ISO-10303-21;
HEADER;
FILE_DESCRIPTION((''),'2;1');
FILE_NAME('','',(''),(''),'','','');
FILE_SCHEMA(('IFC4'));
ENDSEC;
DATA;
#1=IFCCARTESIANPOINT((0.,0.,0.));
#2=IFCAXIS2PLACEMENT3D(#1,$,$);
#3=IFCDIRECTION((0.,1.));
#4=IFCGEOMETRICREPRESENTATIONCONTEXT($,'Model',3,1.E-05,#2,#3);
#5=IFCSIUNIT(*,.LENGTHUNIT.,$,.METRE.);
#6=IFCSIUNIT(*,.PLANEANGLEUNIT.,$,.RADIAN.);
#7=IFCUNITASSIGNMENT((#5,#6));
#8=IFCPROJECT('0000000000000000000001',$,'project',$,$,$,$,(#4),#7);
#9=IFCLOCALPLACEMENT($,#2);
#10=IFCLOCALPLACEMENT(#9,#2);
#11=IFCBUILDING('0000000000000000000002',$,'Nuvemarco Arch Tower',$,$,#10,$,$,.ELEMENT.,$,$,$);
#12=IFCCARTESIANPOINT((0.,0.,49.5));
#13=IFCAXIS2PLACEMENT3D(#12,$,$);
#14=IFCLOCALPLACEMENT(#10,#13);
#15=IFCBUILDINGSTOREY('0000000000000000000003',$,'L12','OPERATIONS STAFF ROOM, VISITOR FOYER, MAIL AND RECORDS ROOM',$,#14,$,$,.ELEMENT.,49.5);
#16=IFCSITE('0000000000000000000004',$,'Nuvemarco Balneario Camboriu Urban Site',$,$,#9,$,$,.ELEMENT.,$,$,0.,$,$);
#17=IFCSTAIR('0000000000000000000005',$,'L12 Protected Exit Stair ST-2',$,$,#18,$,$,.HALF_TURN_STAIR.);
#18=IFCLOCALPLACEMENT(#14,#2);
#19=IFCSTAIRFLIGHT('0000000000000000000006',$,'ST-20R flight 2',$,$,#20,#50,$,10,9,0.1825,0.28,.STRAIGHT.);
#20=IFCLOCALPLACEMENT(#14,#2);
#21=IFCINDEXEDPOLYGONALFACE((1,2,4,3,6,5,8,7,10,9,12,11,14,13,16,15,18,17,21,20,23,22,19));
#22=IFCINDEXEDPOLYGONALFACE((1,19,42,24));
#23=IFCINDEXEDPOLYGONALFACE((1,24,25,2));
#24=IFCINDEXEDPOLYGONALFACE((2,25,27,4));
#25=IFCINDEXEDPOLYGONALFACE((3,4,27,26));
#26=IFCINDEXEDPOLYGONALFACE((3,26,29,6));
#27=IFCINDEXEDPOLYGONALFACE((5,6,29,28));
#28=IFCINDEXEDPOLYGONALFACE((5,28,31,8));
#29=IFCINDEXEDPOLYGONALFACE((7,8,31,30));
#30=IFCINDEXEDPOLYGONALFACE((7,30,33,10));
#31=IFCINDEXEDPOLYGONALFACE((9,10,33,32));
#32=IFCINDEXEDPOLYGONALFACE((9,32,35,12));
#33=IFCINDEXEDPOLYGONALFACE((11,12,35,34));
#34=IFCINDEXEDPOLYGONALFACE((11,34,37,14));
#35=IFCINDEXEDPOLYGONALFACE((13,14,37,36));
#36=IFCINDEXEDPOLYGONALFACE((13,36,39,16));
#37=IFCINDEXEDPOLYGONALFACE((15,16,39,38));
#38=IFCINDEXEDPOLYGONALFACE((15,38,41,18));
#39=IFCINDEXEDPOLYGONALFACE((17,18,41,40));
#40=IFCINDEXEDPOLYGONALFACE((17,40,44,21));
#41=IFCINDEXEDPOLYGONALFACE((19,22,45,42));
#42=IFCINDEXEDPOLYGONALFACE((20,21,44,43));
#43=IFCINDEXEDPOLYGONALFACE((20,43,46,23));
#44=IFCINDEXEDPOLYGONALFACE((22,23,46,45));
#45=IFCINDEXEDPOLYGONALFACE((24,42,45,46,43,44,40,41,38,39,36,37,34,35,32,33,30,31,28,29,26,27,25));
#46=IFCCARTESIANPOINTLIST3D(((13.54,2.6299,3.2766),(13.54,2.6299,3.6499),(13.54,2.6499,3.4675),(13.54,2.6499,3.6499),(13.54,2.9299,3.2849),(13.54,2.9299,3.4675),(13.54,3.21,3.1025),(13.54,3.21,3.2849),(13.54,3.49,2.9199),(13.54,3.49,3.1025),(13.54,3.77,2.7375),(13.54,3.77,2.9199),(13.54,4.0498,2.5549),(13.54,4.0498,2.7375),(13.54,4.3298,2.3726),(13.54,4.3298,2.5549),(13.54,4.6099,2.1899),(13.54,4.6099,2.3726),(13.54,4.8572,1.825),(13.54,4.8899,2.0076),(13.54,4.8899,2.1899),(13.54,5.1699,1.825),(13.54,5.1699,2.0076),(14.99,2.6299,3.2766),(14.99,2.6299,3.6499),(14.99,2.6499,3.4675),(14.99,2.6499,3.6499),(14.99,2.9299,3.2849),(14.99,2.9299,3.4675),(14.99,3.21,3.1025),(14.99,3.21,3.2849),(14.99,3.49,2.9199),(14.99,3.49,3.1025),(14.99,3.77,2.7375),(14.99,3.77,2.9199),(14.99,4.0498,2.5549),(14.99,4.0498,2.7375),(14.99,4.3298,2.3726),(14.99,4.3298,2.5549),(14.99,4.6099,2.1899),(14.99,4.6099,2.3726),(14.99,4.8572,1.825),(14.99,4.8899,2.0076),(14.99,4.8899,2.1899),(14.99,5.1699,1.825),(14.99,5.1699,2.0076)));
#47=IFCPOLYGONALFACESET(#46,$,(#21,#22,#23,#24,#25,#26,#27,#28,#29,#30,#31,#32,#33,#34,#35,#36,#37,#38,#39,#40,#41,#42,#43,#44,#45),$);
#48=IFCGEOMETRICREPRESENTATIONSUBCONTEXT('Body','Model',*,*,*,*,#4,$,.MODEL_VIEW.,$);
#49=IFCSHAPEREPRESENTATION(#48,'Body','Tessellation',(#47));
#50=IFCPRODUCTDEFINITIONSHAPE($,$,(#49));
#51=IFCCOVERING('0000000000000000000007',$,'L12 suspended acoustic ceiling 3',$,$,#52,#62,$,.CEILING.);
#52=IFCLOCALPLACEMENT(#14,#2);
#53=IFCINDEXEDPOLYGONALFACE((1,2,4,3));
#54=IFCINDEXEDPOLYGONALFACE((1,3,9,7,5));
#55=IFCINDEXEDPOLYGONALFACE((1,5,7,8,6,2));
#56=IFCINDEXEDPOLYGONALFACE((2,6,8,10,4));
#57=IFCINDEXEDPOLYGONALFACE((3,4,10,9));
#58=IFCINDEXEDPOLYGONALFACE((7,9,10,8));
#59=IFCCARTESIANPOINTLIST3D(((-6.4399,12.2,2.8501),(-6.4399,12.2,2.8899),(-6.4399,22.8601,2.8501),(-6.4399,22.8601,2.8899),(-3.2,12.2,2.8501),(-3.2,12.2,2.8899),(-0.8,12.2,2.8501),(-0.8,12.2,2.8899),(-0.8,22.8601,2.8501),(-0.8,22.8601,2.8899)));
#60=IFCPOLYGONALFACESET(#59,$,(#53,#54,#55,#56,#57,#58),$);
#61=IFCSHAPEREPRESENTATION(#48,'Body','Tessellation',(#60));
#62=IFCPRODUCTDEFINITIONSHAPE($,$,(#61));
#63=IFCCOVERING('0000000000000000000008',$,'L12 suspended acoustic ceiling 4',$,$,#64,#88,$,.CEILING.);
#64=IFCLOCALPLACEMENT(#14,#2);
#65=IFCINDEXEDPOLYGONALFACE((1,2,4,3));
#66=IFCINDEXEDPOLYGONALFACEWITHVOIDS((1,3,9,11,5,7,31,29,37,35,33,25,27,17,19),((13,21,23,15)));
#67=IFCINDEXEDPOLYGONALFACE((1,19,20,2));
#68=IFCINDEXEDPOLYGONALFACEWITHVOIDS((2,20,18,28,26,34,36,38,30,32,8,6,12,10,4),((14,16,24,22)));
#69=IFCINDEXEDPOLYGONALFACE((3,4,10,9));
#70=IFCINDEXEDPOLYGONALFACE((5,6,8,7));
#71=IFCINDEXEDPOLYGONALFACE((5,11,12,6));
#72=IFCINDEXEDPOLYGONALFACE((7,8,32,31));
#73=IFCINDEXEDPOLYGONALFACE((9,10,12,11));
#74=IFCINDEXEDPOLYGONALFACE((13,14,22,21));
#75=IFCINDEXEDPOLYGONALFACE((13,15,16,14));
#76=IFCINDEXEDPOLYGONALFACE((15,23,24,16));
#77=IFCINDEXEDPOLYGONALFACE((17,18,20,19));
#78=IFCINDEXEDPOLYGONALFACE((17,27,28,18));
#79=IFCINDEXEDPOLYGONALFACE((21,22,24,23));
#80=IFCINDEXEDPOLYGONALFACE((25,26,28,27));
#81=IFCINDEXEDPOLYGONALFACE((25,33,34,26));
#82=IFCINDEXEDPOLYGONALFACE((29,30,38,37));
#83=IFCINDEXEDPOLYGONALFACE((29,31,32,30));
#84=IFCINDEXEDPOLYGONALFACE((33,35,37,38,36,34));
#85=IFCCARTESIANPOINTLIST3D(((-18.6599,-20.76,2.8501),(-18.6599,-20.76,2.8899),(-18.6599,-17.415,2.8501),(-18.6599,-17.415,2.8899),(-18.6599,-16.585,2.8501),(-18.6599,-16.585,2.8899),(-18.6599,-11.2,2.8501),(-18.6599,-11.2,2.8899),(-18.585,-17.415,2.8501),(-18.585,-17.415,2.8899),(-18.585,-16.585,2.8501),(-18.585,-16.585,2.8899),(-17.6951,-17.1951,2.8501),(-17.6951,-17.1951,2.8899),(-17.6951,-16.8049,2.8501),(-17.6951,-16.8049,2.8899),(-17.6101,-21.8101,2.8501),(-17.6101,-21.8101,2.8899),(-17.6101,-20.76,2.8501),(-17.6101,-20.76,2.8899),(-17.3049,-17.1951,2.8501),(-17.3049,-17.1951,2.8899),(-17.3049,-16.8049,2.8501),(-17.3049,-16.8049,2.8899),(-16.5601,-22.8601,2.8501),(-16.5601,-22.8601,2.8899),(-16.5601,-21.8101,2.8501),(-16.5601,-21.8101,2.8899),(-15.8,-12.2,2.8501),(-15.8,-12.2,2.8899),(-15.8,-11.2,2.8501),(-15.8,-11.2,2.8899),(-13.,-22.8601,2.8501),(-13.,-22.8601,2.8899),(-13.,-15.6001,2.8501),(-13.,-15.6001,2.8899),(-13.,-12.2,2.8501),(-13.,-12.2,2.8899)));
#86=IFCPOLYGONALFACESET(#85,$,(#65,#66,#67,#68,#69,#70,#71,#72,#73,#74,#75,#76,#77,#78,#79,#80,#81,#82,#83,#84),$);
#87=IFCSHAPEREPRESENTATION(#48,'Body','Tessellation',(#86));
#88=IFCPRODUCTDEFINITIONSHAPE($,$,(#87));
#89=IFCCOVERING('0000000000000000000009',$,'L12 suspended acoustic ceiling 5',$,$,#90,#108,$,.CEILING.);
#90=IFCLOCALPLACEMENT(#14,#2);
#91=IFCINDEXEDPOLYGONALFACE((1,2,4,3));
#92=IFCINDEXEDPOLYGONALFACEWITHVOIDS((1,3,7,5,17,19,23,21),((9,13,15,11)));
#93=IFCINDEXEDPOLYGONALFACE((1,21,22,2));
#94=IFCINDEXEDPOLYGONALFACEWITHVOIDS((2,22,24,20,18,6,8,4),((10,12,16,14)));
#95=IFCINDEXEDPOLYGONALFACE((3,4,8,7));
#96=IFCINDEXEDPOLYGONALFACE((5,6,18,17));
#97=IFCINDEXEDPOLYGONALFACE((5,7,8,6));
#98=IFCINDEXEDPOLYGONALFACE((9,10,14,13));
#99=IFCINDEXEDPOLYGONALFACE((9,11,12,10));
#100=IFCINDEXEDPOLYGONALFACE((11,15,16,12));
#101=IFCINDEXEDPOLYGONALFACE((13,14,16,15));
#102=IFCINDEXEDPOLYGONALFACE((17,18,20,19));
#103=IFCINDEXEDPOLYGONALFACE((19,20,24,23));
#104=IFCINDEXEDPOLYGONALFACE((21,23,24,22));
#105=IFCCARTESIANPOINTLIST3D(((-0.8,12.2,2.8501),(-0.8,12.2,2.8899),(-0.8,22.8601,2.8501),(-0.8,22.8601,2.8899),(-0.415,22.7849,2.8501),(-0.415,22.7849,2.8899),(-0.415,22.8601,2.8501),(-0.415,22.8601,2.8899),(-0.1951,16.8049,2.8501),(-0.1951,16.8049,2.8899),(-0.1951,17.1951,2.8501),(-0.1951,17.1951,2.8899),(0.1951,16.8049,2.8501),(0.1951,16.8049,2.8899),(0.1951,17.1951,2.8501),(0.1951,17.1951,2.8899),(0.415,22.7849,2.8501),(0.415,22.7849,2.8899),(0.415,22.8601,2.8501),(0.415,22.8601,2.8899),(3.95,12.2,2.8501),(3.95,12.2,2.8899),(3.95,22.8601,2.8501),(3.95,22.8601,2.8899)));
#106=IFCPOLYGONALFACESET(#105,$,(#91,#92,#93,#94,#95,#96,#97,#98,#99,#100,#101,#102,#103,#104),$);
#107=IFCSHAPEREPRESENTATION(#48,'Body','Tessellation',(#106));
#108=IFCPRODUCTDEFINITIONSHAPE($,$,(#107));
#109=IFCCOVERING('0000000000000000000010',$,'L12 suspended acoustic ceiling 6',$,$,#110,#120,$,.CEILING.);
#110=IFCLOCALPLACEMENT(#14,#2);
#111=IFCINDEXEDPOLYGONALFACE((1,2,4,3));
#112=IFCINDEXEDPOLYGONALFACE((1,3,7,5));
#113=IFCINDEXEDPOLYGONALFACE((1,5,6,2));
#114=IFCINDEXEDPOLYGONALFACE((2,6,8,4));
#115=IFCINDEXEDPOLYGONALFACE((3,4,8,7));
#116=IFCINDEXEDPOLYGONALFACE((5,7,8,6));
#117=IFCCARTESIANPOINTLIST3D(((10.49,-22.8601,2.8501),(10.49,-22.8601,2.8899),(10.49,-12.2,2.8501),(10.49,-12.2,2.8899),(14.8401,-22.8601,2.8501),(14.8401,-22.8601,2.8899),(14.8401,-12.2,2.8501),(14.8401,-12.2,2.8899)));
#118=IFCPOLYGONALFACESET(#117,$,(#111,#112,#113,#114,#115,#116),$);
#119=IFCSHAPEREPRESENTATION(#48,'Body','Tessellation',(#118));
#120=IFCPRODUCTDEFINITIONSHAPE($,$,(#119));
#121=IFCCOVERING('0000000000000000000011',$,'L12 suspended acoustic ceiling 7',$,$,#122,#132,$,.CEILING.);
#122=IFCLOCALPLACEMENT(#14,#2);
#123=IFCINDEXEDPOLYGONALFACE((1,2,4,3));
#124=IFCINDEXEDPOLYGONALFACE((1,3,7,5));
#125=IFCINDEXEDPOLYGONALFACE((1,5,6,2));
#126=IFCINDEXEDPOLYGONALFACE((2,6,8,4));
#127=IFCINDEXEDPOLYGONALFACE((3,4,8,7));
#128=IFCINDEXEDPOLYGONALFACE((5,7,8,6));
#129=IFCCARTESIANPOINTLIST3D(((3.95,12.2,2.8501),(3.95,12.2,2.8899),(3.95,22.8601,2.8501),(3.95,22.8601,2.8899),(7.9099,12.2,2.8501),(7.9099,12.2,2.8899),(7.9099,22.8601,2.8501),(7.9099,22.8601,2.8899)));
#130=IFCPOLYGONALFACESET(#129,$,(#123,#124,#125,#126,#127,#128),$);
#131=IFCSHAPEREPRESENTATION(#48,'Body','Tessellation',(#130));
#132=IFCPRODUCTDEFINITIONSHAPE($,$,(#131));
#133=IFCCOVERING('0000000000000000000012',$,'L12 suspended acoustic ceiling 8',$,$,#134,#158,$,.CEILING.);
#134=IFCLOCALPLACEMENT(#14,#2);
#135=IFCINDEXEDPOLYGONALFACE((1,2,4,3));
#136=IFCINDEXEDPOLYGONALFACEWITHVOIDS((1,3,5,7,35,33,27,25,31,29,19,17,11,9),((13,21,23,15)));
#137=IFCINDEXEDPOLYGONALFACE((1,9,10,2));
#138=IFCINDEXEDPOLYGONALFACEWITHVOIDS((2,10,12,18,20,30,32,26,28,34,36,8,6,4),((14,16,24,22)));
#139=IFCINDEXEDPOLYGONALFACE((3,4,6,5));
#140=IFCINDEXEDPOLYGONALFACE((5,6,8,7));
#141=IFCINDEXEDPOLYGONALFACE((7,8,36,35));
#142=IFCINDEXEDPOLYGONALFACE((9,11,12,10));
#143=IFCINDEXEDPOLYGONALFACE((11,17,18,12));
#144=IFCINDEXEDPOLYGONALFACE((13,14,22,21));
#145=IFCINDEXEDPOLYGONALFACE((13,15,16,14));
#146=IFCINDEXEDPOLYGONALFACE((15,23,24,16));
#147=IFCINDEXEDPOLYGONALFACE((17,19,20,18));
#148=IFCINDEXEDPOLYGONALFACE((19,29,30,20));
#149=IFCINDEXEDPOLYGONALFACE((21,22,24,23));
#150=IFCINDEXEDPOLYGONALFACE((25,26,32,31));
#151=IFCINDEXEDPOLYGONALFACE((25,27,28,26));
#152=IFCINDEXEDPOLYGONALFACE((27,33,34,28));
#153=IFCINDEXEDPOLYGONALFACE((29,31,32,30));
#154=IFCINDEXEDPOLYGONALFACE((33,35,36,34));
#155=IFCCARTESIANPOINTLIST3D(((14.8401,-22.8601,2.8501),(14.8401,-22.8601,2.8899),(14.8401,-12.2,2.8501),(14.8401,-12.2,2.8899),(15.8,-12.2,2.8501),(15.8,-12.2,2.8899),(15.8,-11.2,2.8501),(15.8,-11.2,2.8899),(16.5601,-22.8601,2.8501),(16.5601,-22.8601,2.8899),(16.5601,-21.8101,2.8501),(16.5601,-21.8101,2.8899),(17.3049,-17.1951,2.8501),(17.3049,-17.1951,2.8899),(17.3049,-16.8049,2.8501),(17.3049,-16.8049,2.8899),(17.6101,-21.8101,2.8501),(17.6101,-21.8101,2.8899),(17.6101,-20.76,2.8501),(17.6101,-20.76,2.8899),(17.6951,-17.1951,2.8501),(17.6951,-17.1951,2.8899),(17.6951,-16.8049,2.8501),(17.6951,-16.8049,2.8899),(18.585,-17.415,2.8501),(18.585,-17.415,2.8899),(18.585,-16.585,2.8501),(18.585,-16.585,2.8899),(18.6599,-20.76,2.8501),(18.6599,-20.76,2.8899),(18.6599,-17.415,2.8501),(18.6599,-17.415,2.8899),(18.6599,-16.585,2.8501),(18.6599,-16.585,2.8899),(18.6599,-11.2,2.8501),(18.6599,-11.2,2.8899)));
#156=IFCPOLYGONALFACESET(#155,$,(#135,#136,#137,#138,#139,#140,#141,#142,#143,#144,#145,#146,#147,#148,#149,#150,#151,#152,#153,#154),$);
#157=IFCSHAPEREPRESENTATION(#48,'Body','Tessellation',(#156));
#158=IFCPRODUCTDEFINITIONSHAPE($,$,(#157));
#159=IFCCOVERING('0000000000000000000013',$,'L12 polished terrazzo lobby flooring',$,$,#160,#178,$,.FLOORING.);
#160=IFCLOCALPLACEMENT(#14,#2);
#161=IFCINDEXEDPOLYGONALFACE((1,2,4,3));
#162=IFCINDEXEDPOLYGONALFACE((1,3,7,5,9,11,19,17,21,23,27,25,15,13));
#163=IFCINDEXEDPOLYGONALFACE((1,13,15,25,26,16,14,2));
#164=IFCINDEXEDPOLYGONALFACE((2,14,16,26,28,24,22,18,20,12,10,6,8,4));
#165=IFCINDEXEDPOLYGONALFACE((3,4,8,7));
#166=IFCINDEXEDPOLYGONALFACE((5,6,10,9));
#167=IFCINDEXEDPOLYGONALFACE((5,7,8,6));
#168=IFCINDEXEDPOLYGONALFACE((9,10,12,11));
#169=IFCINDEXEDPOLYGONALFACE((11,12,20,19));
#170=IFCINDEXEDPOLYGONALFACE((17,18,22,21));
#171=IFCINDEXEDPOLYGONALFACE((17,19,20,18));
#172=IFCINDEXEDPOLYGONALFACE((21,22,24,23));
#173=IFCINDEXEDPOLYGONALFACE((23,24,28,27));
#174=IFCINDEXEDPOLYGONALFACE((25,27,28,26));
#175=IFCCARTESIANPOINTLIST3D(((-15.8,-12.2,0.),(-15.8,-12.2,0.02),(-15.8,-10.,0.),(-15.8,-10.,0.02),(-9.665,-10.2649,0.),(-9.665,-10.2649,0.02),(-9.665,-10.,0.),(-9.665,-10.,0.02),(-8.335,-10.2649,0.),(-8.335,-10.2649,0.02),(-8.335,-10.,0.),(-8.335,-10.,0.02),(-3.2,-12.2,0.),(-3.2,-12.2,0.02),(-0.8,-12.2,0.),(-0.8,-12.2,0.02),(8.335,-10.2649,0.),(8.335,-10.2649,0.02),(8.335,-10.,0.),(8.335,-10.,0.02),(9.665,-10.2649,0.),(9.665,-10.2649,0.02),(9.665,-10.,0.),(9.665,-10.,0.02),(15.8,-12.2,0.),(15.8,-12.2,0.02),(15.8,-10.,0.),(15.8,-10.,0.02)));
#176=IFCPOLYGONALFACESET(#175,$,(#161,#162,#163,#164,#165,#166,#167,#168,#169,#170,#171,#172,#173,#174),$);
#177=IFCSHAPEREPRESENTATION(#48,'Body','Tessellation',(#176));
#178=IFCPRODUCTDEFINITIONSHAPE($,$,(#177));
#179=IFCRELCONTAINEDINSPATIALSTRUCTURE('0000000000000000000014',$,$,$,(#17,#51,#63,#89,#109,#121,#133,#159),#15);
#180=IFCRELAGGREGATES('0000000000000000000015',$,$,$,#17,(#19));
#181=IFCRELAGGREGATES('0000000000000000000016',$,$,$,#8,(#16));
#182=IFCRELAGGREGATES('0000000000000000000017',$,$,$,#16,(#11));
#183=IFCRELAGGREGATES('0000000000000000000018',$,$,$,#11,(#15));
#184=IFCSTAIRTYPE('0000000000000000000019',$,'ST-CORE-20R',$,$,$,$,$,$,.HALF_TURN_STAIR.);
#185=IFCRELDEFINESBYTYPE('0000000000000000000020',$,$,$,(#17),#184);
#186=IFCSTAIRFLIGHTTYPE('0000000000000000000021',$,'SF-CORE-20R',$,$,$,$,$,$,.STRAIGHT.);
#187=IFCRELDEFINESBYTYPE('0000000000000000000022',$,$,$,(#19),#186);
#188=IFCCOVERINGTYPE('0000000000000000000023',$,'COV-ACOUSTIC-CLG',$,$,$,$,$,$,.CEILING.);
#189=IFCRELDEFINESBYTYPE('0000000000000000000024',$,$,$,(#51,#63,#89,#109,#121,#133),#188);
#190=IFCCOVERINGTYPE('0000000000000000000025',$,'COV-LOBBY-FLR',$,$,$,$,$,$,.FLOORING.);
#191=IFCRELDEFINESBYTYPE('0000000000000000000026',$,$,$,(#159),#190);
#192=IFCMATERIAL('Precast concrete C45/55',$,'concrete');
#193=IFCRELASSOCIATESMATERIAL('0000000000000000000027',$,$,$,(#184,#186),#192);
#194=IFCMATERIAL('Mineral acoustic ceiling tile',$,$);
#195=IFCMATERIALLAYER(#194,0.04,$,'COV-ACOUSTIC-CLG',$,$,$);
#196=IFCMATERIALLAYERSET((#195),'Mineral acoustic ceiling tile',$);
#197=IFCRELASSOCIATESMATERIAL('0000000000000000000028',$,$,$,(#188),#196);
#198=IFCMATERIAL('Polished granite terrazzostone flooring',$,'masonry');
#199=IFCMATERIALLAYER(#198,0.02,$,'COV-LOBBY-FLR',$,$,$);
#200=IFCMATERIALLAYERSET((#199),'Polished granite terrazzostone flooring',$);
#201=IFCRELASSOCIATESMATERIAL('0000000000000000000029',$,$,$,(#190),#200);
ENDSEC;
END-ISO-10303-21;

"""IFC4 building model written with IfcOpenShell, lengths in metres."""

from ifc_helpers import new_model, si_unit, direction, frame, origin, place, context, subcontext, project, spatial, polyline, outline, extrude, material, layer, layer_set, type_object, element, aggregate, save


model = new_model("IFC4")

# Units and contexts
model_context = context("Model", 3, precision=1e-05, world=origin(), true_north=direction((0.0, 1.0)))
body_context = subcontext(model_context, "Body", "Model", "MODEL_VIEW")
ifc_project = project(units=[si_unit("LENGTHUNIT", "METRE"), si_unit("PLANEANGLEUNIT", "RADIAN")], contexts=[model_context])

# Site, building, storey
site_placement = place(None, origin())
site = spatial("IfcSite", under=ifc_project, at=site_placement, Name="Nuvemarco Balneario Camboriu Urban Site", CompositionType="ELEMENT", RefElevation=0.0)
building_placement = place(site_placement, origin())
building = spatial("IfcBuilding", under=site, at=building_placement, Name="Nuvemarco Arch Tower", CompositionType="ELEMENT")
storey_placement = place(building_placement, frame((0.0, 0.0, 49.5)))
storey = spatial("IfcBuildingStorey", under=building, at=storey_placement, Name="L12", Description="OPERATIONS STAFF ROOM, VISITOR FOYER, MAIL AND RECORDS ROOM", CompositionType="ELEMENT", Elevation=49.5)

# Shared definitions
ifc_material_1 = material(Name="Precast concrete C45/55", Category="concrete")

# Stair, stair flight
stair_type = type_object("IfcStairType", Name="ST-CORE-20R", PredefinedType="HALF_TURN_STAIR", material=ifc_material_1)
stair_placement = place(storey_placement, origin())
stair = element("IfcStair", 1, at=stair_placement, inside=storey, type_object=stair_type, Name="L12 Protected Exit Stair ST-2", PredefinedType="HALF_TURN_STAIR")
stair_flight_type = type_object("IfcStairFlightType", Name="SF-CORE-20R", PredefinedType="STRAIGHT", material=ifc_material_1)
stair_flight_1_placement = place(storey_placement, frame((14.2649, 5.1699, 1.825), z_axis=(0.0, 0.0, 1.0), x_axis=(0.0, -1.0, 0.0)))
stair_flight_1 = element("IfcStairFlight", 2, at=stair_flight_1_placement, type_object=stair_flight_type, Name="ST-20R flight 2", NumberOfRisers=10, NumberOfTreads=9, PredefinedType="STRAIGHT", RiserHeight=0.1825, TreadLength=0.28, context=body_context, shape_type="SweptSolid", body=[
    extrude(outline(polyline([(0.0, 0.0), (0.0, 0.1826), (0.28, 0.1826), (0.28, 0.365), (0.5601, 0.365), (0.5601, 0.5476), (0.8401, 0.5476), (0.8401, 0.73), (1.1201, 0.73), (1.1201, 0.9126), (1.3999, 0.9126), (1.3999, 1.095), (1.6799, 1.095), (1.6799, 1.2776), (1.96, 1.2776), (1.96, 1.46), (2.24, 1.46), (2.24, 1.6426), (2.52, 1.6426), (2.52, 1.825), (2.54, 1.825), (2.54, 1.4517), (0.3127, 0.0), (0.0, 0.0)])), frame((0.0, 0.7251, 0.0), z_axis=(0.0, -1.0, 0.0), x_axis=(1.0, 0.0, 0.0)), (0.0, 0.0, 1.0), 1.45),
])
aggregate(stair, [stair_flight_1])

# Coverings
ifc_material_2 = material(Name="Mineral acoustic ceiling tile")
ifc_layer_1 = layer(ifc_material_2, 0.04, Name="COV-ACOUSTIC-CLG")
ifc_layer_set_1 = layer_set([ifc_layer_1], Name="Mineral acoustic ceiling tile")
covering_type_1 = type_object("IfcCoveringType", Name="COV-ACOUSTIC-CLG", PredefinedType="CEILING", material=ifc_layer_set_1)
covering_1_placement = place(storey_placement, frame((0.0, 0.0, 2.8501)))
element("IfcCovering", 3, at=covering_1_placement, inside=storey, type_object=covering_type_1, Name="L12 suspended acoustic ceiling 3", PredefinedType="CEILING", context=body_context, shape_type="SweptSolid", body=[
    extrude(outline(polyline([(-0.8, 12.2), (-3.2, 12.2), (-6.4399, 12.2), (-6.4399, 22.8601), (-0.8, 22.8601), (-0.8, 12.2)])), origin(), (0.0, 0.0, 1.0), 0.0398),
])
covering_2_placement = place(storey_placement, frame((0.0, 0.0, 2.8501)))
element("IfcCovering", 4, at=covering_2_placement, inside=storey, type_object=covering_type_1, Name="L12 suspended acoustic ceiling 4", PredefinedType="CEILING", context=body_context, shape_type="SweptSolid", body=[
    extrude(outline(polyline([(-18.6599, -20.76), (-18.6599, -17.415), (-18.585, -17.415), (-18.585, -16.585), (-18.6599, -16.585), (-18.6599, -11.2), (-15.8, -11.2), (-15.8, -12.2), (-13.0, -12.2), (-13.0, -15.6001), (-13.0, -22.8601), (-16.5601, -22.8601), (-16.5601, -21.8101), (-17.6101, -21.8101), (-17.6101, -20.76), (-18.6599, -20.76)]), holes=[polyline([(-17.3049, -16.8049), (-17.6951, -16.8049), (-17.6951, -17.1951), (-17.3049, -17.1951), (-17.3049, -16.8049)])]), origin(), (0.0, 0.0, 1.0), 0.0398),
])
covering_3_placement = place(storey_placement, frame((0.0, 0.0, 2.8501)))
element("IfcCovering", 5, at=covering_3_placement, inside=storey, type_object=covering_type_1, Name="L12 suspended acoustic ceiling 5", PredefinedType="CEILING", context=body_context, shape_type="SweptSolid", body=[
    extrude(outline(polyline([(3.95, 12.2), (-0.8, 12.2), (-0.8, 22.8601), (-0.415, 22.8601), (-0.415, 22.7849), (0.415, 22.7849), (0.415, 22.8601), (3.95, 22.8601), (3.95, 12.2)]), holes=[polyline([(0.1951, 16.8049), (0.1951, 17.1951), (-0.1951, 17.1951), (-0.1951, 16.8049), (0.1951, 16.8049)])]), origin(), (0.0, 0.0, 1.0), 0.0398),
])
covering_4_placement = place(storey_placement, frame((0.0, 0.0, 2.8501)))
element("IfcCovering", 6, at=covering_4_placement, inside=storey, type_object=covering_type_1, Name="L12 suspended acoustic ceiling 6", PredefinedType="CEILING", context=body_context, shape_type="SweptSolid", body=[
    extrude(outline(polyline([(10.49, -22.8601), (10.49, -12.2), (14.8401, -12.2), (14.8401, -22.8601), (10.49, -22.8601)])), origin(), (0.0, 0.0, 1.0), 0.0398),
])
covering_5_placement = place(storey_placement, frame((0.0, 0.0, 2.8501)))
element("IfcCovering", 7, at=covering_5_placement, inside=storey, type_object=covering_type_1, Name="L12 suspended acoustic ceiling 7", PredefinedType="CEILING", context=body_context, shape_type="SweptSolid", body=[
    extrude(outline(polyline([(3.95, 12.2), (3.95, 22.8601), (7.9099, 22.8601), (7.9099, 12.2), (3.95, 12.2)])), origin(), (0.0, 0.0, 1.0), 0.0398),
])
covering_6_placement = place(storey_placement, frame((0.0, 0.0, 2.8501)))
element("IfcCovering", 8, at=covering_6_placement, inside=storey, type_object=covering_type_1, Name="L12 suspended acoustic ceiling 8", PredefinedType="CEILING", context=body_context, shape_type="SweptSolid", body=[
    extrude(outline(polyline([(16.5601, -22.8601), (14.8401, -22.8601), (14.8401, -12.2), (15.8, -12.2), (15.8, -11.2), (18.6599, -11.2), (18.6599, -16.585), (18.585, -16.585), (18.585, -17.415), (18.6599, -17.415), (18.6599, -20.76), (17.6101, -20.76), (17.6101, -21.8101), (16.5601, -21.8101), (16.5601, -22.8601)]), holes=[polyline([(17.6951, -17.1951), (17.6951, -16.8049), (17.3049, -16.8049), (17.3049, -17.1951), (17.6951, -17.1951)])]), origin(), (0.0, 0.0, 1.0), 0.0398),
])
ifc_material_3 = material(Name="Polished granite terrazzostone flooring", Category="masonry")
ifc_layer_2 = layer(ifc_material_3, 0.02, Name="COV-LOBBY-FLR")
ifc_layer_set_2 = layer_set([ifc_layer_2], Name="Polished granite terrazzostone flooring")
covering_type_2 = type_object("IfcCoveringType", Name="COV-LOBBY-FLR", PredefinedType="FLOORING", material=ifc_layer_set_2)
covering_7_placement = place(storey_placement, origin())
element("IfcCovering", 9, at=covering_7_placement, inside=storey, type_object=covering_type_2, Name="L12 polished terrazzo lobby flooring", PredefinedType="FLOORING", context=body_context, shape_type="SweptSolid", body=[
    extrude(outline(polyline([(-9.665, -10.2649), (-8.335, -10.2649), (-8.335, -10.0), (8.335, -10.0), (8.335, -10.2649), (9.665, -10.2649), (9.665, -10.0), (15.8, -10.0), (15.8, -12.2), (-0.8, -12.2), (-3.2, -12.2), (-15.8, -12.2), (-15.8, -10.0), (-9.665, -10.0), (-9.665, -10.2649)])), origin(), (0.0, 0.0, 1.0), 0.02),
])

save(model, "model.ifc")
